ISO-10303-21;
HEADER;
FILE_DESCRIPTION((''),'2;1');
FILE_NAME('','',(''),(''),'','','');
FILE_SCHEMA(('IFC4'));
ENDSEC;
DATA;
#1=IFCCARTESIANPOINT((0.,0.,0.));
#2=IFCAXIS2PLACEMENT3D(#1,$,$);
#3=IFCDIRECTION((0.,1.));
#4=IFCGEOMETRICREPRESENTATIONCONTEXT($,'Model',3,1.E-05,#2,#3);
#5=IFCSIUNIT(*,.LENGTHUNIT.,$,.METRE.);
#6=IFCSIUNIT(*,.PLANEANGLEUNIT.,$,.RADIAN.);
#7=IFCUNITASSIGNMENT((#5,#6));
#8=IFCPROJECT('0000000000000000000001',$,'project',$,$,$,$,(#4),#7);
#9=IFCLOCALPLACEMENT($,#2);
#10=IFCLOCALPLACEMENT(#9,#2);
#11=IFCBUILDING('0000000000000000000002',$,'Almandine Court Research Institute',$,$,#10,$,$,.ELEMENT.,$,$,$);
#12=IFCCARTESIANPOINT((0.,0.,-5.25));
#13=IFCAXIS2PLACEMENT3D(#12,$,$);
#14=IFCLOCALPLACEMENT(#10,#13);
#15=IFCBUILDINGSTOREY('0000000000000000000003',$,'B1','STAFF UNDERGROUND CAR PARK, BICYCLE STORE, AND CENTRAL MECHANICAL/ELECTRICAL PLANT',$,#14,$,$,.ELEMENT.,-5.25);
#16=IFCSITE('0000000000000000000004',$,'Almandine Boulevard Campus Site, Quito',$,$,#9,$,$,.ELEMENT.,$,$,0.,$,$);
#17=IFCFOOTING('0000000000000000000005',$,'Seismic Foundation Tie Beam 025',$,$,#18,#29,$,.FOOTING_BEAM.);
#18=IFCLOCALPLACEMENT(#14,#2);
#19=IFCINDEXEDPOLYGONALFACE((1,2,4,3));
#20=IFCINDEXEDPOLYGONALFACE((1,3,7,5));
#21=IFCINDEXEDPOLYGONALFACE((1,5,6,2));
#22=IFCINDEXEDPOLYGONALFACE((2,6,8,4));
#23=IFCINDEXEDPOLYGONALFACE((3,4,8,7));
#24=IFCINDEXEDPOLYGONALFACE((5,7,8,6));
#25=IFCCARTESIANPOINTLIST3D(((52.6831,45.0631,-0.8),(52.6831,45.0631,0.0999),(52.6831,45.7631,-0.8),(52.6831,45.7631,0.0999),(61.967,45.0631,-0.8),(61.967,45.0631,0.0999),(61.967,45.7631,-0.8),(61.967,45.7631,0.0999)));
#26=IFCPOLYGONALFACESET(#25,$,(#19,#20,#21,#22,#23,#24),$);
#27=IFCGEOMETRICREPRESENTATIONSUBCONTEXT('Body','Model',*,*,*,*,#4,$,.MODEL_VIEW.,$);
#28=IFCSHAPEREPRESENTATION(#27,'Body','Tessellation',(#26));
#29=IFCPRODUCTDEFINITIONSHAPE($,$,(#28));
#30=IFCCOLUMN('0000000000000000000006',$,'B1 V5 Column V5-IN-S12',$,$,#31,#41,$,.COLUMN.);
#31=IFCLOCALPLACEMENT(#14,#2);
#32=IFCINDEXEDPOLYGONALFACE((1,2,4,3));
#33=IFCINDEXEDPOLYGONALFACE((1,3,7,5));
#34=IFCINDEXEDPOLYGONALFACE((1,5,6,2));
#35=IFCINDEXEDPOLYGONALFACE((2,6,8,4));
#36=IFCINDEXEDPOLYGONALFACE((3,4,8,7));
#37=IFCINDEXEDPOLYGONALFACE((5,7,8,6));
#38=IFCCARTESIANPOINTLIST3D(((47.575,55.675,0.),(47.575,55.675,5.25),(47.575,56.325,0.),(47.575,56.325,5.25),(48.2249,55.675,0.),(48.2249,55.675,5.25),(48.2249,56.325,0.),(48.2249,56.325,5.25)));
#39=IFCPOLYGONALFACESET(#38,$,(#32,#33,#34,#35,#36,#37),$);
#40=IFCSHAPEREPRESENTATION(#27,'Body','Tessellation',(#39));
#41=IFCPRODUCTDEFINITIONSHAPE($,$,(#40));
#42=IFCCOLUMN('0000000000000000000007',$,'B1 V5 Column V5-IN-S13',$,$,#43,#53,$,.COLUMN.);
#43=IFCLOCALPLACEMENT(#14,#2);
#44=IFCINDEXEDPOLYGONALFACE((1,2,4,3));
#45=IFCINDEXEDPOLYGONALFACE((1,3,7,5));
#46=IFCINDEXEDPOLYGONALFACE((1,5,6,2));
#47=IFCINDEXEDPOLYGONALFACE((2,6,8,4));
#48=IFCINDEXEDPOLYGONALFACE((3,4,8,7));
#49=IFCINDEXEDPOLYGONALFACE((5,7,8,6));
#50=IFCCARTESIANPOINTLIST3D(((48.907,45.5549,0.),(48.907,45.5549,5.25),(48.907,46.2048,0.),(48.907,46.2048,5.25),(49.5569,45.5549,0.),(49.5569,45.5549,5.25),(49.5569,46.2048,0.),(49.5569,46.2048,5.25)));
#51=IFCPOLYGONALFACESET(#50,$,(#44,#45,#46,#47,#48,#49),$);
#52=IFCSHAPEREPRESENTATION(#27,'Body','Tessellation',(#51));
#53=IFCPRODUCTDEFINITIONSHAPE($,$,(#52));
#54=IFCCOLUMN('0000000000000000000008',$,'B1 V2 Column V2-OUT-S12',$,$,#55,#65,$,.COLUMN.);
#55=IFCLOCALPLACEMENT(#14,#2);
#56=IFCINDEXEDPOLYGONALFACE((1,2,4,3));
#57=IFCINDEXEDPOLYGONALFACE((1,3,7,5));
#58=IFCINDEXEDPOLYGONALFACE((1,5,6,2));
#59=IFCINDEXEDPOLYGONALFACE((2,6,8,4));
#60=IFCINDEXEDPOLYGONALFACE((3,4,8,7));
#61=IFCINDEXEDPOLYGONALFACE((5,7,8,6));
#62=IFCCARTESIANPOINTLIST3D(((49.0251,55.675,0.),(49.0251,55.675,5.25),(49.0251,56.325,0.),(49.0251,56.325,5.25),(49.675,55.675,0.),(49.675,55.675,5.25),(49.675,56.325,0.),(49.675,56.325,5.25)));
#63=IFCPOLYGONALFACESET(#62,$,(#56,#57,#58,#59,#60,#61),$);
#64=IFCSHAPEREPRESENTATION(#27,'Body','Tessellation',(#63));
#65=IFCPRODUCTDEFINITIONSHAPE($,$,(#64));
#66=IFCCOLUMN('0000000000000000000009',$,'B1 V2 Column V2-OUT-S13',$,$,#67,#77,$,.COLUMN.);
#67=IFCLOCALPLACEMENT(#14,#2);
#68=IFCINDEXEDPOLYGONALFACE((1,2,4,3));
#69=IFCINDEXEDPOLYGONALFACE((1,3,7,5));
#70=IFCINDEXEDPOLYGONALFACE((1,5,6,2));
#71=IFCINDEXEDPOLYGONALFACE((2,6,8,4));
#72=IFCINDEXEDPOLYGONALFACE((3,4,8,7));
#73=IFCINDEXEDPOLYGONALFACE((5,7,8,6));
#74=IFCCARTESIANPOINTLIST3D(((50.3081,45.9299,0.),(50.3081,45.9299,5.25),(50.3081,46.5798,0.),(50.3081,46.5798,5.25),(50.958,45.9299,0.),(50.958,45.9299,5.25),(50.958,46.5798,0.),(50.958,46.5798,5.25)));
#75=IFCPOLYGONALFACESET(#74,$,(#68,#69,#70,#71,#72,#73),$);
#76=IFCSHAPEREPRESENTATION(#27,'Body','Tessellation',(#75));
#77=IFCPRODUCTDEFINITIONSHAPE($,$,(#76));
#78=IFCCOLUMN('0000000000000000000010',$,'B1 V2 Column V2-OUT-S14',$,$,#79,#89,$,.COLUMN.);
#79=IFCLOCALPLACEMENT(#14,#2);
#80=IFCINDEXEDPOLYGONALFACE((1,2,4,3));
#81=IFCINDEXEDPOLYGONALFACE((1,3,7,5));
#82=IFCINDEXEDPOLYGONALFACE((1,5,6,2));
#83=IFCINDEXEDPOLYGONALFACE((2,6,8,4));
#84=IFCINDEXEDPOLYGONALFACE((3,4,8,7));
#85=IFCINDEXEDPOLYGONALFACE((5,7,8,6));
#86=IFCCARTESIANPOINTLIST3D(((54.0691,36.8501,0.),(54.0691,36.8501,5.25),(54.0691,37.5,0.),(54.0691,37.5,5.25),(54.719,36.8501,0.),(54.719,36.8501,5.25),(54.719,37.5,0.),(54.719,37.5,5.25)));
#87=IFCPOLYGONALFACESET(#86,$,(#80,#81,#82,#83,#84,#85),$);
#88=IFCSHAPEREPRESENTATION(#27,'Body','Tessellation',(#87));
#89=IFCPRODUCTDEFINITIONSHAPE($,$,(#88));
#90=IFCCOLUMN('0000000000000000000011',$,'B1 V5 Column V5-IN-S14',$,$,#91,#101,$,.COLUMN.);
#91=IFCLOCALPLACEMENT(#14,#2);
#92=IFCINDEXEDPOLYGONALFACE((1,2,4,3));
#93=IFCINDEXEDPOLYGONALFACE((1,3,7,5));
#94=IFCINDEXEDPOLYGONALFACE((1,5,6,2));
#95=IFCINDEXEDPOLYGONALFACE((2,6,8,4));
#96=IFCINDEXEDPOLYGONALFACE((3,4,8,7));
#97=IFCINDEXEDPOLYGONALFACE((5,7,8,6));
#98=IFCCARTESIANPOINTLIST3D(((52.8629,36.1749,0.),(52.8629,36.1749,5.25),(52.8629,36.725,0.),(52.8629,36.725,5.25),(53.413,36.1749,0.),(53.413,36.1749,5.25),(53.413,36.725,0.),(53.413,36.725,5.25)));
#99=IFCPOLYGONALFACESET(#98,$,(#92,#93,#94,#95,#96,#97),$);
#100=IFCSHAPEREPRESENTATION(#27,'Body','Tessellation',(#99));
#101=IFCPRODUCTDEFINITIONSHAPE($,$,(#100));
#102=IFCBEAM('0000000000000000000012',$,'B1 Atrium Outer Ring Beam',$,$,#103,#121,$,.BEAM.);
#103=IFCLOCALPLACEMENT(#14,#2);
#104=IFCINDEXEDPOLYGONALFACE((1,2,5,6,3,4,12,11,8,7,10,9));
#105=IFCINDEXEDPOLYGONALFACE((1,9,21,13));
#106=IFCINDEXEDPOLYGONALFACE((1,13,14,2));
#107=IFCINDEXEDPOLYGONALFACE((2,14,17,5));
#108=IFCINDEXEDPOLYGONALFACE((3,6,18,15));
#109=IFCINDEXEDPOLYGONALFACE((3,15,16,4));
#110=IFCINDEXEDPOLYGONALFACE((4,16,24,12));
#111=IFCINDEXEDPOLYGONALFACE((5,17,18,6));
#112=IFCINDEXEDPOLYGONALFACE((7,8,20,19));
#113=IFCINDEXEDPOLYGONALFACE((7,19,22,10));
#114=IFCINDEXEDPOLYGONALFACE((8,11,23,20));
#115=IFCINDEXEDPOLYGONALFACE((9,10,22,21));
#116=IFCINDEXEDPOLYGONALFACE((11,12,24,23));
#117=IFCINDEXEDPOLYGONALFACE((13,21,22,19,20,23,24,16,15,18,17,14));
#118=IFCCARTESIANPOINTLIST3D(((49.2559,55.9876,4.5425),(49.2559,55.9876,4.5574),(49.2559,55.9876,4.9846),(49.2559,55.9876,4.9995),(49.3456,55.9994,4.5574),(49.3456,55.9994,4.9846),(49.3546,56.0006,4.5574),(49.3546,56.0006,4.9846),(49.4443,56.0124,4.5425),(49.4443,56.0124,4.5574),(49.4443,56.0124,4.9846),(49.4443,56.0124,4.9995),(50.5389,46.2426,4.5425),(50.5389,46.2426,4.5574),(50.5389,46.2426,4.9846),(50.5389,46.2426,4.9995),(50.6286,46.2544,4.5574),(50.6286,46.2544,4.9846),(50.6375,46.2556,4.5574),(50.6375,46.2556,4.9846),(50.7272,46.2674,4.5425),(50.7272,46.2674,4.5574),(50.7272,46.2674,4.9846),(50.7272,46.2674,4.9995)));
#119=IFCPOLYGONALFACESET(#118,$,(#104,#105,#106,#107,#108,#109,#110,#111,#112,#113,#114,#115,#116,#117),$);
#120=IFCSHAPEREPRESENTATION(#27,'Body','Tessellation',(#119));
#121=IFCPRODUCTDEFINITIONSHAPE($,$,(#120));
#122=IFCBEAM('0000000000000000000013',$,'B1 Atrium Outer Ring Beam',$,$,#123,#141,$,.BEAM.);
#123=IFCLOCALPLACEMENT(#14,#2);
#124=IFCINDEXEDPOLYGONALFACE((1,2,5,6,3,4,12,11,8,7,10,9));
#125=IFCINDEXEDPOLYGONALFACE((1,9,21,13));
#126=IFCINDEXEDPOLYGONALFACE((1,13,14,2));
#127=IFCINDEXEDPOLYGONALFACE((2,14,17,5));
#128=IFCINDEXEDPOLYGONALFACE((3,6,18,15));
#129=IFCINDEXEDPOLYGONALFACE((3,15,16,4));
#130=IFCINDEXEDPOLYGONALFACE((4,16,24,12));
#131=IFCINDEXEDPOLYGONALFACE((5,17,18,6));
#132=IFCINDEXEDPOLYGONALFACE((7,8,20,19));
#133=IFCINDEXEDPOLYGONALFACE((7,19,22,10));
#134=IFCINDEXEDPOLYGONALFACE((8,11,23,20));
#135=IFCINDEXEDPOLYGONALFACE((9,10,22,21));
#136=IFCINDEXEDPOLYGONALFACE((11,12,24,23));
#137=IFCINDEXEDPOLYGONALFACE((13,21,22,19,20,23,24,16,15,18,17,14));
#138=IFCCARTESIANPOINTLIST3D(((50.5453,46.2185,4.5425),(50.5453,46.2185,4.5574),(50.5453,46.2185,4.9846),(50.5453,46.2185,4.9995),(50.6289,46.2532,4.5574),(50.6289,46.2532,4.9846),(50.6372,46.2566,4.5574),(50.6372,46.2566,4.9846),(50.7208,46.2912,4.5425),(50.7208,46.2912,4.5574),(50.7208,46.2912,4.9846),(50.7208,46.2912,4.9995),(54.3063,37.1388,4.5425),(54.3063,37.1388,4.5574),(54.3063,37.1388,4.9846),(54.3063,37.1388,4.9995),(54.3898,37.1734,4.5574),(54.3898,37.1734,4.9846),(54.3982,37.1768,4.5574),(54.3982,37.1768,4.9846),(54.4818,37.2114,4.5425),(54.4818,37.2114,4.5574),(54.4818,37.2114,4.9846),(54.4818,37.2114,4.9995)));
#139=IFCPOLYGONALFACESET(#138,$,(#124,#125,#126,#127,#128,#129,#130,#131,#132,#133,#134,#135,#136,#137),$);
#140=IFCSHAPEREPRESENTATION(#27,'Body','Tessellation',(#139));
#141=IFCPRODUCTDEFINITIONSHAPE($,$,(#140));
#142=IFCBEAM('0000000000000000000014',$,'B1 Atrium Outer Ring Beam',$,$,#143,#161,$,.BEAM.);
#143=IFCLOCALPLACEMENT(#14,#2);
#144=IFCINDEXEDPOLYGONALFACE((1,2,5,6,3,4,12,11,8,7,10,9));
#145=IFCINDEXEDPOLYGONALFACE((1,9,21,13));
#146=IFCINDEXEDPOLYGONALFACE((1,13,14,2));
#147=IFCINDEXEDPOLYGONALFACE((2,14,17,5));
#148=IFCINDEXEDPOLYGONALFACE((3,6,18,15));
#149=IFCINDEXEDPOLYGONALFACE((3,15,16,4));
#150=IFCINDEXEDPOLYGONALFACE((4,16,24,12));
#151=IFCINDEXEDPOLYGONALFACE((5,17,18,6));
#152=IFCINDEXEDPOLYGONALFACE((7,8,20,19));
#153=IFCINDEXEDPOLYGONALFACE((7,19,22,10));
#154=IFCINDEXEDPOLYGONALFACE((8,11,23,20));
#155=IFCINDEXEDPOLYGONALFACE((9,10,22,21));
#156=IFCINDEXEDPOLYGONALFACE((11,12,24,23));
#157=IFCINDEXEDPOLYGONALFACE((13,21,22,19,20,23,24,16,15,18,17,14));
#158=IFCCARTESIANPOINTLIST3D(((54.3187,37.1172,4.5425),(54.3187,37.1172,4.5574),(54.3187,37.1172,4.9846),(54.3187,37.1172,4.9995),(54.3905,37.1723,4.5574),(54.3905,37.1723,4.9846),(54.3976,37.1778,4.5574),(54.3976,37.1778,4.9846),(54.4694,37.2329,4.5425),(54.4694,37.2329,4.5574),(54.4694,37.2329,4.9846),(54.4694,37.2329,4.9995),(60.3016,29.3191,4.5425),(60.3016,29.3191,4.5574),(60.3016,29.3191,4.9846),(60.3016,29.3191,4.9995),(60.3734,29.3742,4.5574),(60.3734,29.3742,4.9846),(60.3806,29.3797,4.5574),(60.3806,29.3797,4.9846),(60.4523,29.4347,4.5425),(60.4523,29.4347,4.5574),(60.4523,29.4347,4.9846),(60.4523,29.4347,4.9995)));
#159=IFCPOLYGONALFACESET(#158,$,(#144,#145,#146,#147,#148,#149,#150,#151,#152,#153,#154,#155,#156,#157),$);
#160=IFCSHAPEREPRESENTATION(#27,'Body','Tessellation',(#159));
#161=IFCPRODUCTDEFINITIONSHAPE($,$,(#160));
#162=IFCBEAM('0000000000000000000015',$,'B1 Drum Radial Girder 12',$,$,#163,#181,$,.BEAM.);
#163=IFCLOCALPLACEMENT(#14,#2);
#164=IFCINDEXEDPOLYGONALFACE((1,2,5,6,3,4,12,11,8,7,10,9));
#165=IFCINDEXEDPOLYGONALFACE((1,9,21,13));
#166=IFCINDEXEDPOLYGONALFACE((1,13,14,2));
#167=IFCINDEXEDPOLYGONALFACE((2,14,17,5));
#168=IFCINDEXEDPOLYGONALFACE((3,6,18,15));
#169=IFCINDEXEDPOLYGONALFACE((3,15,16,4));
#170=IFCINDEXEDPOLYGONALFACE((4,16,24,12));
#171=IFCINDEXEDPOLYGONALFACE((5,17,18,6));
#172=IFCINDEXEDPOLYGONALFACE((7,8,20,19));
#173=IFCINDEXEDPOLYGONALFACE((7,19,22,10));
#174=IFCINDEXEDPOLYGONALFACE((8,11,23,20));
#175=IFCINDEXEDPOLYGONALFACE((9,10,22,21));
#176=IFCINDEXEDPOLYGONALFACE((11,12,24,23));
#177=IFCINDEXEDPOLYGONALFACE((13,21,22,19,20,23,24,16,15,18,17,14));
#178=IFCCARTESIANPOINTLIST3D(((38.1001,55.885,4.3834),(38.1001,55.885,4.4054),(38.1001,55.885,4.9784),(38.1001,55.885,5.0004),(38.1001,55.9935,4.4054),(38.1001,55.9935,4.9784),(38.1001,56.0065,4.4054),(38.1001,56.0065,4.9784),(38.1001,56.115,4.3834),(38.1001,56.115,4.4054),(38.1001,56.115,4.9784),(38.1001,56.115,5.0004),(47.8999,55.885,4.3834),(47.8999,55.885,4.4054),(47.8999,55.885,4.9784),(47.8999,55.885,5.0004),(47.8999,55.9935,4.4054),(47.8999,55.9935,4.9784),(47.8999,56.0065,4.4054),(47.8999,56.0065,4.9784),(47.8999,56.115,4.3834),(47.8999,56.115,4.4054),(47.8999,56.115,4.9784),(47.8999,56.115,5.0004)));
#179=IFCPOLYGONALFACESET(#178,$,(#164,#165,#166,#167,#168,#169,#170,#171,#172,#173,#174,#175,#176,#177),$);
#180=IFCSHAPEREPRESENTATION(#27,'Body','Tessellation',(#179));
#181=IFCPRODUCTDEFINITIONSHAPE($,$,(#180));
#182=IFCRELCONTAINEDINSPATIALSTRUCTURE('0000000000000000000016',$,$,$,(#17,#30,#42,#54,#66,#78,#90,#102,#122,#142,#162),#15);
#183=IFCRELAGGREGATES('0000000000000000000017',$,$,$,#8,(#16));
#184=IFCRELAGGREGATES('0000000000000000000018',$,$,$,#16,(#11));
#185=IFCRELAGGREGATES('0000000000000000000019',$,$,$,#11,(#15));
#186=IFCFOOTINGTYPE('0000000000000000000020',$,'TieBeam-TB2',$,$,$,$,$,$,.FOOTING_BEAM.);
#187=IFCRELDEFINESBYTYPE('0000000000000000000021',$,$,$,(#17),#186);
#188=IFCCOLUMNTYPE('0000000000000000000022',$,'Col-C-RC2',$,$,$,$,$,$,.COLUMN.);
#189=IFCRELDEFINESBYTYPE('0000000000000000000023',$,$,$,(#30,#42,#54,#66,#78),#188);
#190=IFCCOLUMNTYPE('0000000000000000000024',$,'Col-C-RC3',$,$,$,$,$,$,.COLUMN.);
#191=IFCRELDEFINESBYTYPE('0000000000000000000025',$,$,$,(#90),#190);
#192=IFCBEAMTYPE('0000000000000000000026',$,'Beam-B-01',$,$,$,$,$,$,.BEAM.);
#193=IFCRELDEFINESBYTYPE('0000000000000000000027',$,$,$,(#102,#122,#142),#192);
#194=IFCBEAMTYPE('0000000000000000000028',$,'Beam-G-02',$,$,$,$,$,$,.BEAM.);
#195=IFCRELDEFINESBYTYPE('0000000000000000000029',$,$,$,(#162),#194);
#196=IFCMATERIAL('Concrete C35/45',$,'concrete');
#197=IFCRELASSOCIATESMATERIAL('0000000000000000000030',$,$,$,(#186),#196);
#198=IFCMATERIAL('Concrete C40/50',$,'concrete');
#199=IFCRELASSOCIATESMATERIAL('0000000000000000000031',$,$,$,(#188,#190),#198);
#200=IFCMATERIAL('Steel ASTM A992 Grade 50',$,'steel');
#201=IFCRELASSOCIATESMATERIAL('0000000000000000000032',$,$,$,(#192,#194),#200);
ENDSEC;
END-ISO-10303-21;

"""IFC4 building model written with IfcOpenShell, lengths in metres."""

from ifc_helpers import new_model, si_unit, direction, frame, origin, origin_2d, place, context, subcontext, project, spatial, rectangle, i_section, extrude, material, material_profile, profile_set, type_object, element, save


model = new_model("IFC4")

# Units and contexts
model_context = context("Model", 3, precision=1e-05, world=origin(), true_north=direction((0.0, 1.0)))
body_context = subcontext(model_context, "Body", "Model", "MODEL_VIEW")
ifc_project = project(units=[si_unit("LENGTHUNIT", "METRE"), si_unit("PLANEANGLEUNIT", "RADIAN")], contexts=[model_context])

# Site, building, storey
site_placement = place(None, origin())
site = spatial("IfcSite", under=ifc_project, at=site_placement, Name="Almandine Boulevard Campus Site, Quito", CompositionType="ELEMENT", RefElevation=0.0)
building_placement = place(site_placement, origin())
building = spatial("IfcBuilding", under=site, at=building_placement, Name="Almandine Court Research Institute", CompositionType="ELEMENT")
storey_placement = place(building_placement, frame((0.0, 0.0, -5.25)))
storey = spatial("IfcBuildingStorey", under=building, at=storey_placement, Name="B1", Description="STAFF UNDERGROUND CAR PARK, BICYCLE STORE, AND CENTRAL MECHANICAL/ELECTRICAL PLANT", CompositionType="ELEMENT", Elevation=-5.25)

# Shared definitions
ifc_material_1 = material(Name="Concrete C35/45", Category="concrete")

# Footing
ifc_material_profile_1 = material_profile(ifc_material_1, rectangle(XDim=0.7, YDim=0.8999, at=origin_2d()), Name="RC TIE 700x900")
ifc_profile_set_1 = profile_set([ifc_material_profile_1], Name="Concrete C35/45")
footing_type_1 = type_object("IfcFootingType", Name="TieBeam-TB2", PredefinedType="FOOTING_BEAM", material=ifc_profile_set_1)
footing_1_placement = place(storey_placement, frame((52.6831, 45.4131, -0.3501), z_axis=(1.0, 0.0, 0.0), x_axis=(0.0, 1.0, 0.0)))
element("IfcFooting", 1, at=footing_1_placement, inside=storey, type_object=footing_type_1, Name="Seismic Foundation Tie Beam 025", PredefinedType="FOOTING_BEAM", context=body_context, shape_type="SweptSolid", body=[
    extrude(rectangle(XDim=0.7, YDim=0.8999, at=origin_2d()), origin(), (0.0, 0.0, 1.0), 9.2839),
])

# Columns
ifc_material_2 = material(Name="Concrete C40/50", Category="concrete")
ifc_material_profile_2 = material_profile(ifc_material_2, rectangle(XDim=0.6499, YDim=0.6499, at=origin_2d()), Name="RC 650x650")
ifc_profile_set_2 = profile_set([ifc_material_profile_2], Name="Concrete C40/50")
column_type_1 = type_object("IfcColumnType", Name="Col-C-RC2", PredefinedType="COLUMN", material=ifc_profile_set_2)
for number, where, z_axis, x_axis, name in (
    (2, (47.8999, 56.0, 0.0), (0.0, 0.0, 1.0), (1.0, 0.0, 0.0), "B1 V5 Column V5-IN-S12"),
    (3, (49.2319, 45.8799, 0.0), (0.0, 0.0, 1.0), (1.0, 0.0, 0.0), "B1 V5 Column V5-IN-S13"),
    (4, (49.3501, 56.0, 0.0), (0.0, 0.0, 1.0), (1.0, 0.0, 0.0), "B1 V2 Column V2-OUT-S12"),
    (5, (50.6331, 46.2549, 0.0), (0.0, 0.0, 1.0), (1.0, 0.0, 0.0), "B1 V2 Column V2-OUT-S13"),
    (6, (54.394, 37.175, 0.0), (0.0, 0.0, 1.0), (1.0, 0.0, 0.0), "B1 V2 Column V2-OUT-S14"),
):
    element("IfcColumn", number, at=place(storey_placement, frame(where, z_axis=z_axis, x_axis=x_axis)), inside=storey, type_object=column_type_1, Name=name, PredefinedType="COLUMN", context=body_context, shape_type="SweptSolid", body=[
        extrude(rectangle(XDim=0.6499, YDim=0.6499, at=origin_2d()), origin(), (0.0, 0.0, 1.0), 5.25),
    ])
ifc_material_profile_3 = material_profile(ifc_material_2, rectangle(XDim=0.55, YDim=0.55, at=origin_2d()), Name="RC 550x550")
ifc_profile_set_3 = profile_set([ifc_material_profile_3], Name="Concrete C40/50")
column_type_2 = type_object("IfcColumnType", Name="Col-C-RC3", PredefinedType="COLUMN", material=ifc_profile_set_3)
column_placement = place(storey_placement, frame((53.1379, 36.45, 0.0), z_axis=(0.0, 0.0, 1.0), x_axis=(1.0, 0.0, 0.0)))
element("IfcColumn", 7, at=column_placement, inside=storey, type_object=column_type_2, Name="B1 V5 Column V5-IN-S14", PredefinedType="COLUMN", context=body_context, shape_type="SweptSolid", body=[
    extrude(rectangle(XDim=0.55, YDim=0.55, at=origin_2d()), origin(), (0.0, 0.0, 1.0), 5.25),
])

# Beams
ifc_material_3 = material(Name="Steel ASTM A992 Grade 50", Category="steel")
ifc_material_profile_4 = material_profile(ifc_material_3, i_section(OverallWidth=0.1899, OverallDepth=0.457, WebThickness=0.009, FlangeThickness=0.0149, at=origin_2d()), Name="W460x74")
ifc_profile_set_4 = profile_set([ifc_material_profile_4], Name="Steel ASTM A992 Grade 50")
beam_type_1 = type_object("IfcBeamType", Name="Beam-B-01", PredefinedType="BEAM", material=ifc_profile_set_4)
beam_1_placement = place(storey_placement, frame((49.3501, 56.0, 4.771), z_axis=(0.130525, -0.991445, 0.0), x_axis=(0.991445, 0.130525, 0.0)))
element("IfcBeam", 8, at=beam_1_placement, inside=storey, type_object=beam_type_1, Name="B1 Atrium Outer Ring Beam", PredefinedType="BEAM", context=body_context, shape_type="SweptSolid", body=[
    extrude(i_section(OverallWidth=0.1899, OverallDepth=0.457, WebThickness=0.009, FlangeThickness=0.0149, at=origin_2d()), origin(), (0.0, 0.0, 1.0), 9.8291),
])
beam_2_placement = place(storey_placement, frame((50.6331, 46.2549, 4.771), z_axis=(0.382683, -0.92388, 0.0), x_axis=(0.92388, 0.382683, 0.0)))
element("IfcBeam", 9, at=beam_2_placement, inside=storey, type_object=beam_type_1, Name="B1 Atrium Outer Ring Beam", PredefinedType="BEAM", context=body_context, shape_type="SweptSolid", body=[
    extrude(i_section(OverallWidth=0.1899, OverallDepth=0.457, WebThickness=0.009, FlangeThickness=0.0149, at=origin_2d()), origin(), (0.0, 0.0, 1.0), 9.8279),
])
beam_3_placement = place(storey_placement, frame((54.394, 37.175, 4.771), z_axis=(0.608712, -0.793392, 0.0), x_axis=(0.793392, 0.608712, 0.0)))
element("IfcBeam", 10, at=beam_3_placement, inside=storey, type_object=beam_type_1, Name="B1 Atrium Outer Ring Beam", PredefinedType="BEAM", context=body_context, shape_type="SweptSolid", body=[
    extrude(i_section(OverallWidth=0.1899, OverallDepth=0.457, WebThickness=0.009, FlangeThickness=0.0149, at=origin_2d()), origin(), (0.0, 0.0, 1.0), 9.8289),
])
ifc_material_profile_5 = material_profile(ifc_material_3, i_section(OverallWidth=0.23, OverallDepth=0.6169, WebThickness=0.0129, FlangeThickness=0.022, at=origin_2d()), Name="W610x140")
ifc_profile_set_5 = profile_set([ifc_material_profile_5], Name="Steel ASTM A992 Grade 50")
beam_type_2 = type_object("IfcBeamType", Name="Beam-G-02", PredefinedType="BEAM", material=ifc_profile_set_5)
beam_4_placement = place(storey_placement, frame((47.8999, 56.0, 4.6919), z_axis=(-1.0, 0.0, 0.0), x_axis=(0.0, -1.0, 0.0)))
element("IfcBeam", 11, at=beam_4_placement, inside=storey, type_object=beam_type_2, Name="B1 Drum Radial Girder 12", PredefinedType="BEAM", context=body_context, shape_type="SweptSolid", body=[
    extrude(i_section(OverallWidth=0.23, OverallDepth=0.6169, WebThickness=0.0129, FlangeThickness=0.022, at=origin_2d()), origin(), (0.0, 0.0, 1.0), 9.7998),
])

save(model, "model.ifc")
